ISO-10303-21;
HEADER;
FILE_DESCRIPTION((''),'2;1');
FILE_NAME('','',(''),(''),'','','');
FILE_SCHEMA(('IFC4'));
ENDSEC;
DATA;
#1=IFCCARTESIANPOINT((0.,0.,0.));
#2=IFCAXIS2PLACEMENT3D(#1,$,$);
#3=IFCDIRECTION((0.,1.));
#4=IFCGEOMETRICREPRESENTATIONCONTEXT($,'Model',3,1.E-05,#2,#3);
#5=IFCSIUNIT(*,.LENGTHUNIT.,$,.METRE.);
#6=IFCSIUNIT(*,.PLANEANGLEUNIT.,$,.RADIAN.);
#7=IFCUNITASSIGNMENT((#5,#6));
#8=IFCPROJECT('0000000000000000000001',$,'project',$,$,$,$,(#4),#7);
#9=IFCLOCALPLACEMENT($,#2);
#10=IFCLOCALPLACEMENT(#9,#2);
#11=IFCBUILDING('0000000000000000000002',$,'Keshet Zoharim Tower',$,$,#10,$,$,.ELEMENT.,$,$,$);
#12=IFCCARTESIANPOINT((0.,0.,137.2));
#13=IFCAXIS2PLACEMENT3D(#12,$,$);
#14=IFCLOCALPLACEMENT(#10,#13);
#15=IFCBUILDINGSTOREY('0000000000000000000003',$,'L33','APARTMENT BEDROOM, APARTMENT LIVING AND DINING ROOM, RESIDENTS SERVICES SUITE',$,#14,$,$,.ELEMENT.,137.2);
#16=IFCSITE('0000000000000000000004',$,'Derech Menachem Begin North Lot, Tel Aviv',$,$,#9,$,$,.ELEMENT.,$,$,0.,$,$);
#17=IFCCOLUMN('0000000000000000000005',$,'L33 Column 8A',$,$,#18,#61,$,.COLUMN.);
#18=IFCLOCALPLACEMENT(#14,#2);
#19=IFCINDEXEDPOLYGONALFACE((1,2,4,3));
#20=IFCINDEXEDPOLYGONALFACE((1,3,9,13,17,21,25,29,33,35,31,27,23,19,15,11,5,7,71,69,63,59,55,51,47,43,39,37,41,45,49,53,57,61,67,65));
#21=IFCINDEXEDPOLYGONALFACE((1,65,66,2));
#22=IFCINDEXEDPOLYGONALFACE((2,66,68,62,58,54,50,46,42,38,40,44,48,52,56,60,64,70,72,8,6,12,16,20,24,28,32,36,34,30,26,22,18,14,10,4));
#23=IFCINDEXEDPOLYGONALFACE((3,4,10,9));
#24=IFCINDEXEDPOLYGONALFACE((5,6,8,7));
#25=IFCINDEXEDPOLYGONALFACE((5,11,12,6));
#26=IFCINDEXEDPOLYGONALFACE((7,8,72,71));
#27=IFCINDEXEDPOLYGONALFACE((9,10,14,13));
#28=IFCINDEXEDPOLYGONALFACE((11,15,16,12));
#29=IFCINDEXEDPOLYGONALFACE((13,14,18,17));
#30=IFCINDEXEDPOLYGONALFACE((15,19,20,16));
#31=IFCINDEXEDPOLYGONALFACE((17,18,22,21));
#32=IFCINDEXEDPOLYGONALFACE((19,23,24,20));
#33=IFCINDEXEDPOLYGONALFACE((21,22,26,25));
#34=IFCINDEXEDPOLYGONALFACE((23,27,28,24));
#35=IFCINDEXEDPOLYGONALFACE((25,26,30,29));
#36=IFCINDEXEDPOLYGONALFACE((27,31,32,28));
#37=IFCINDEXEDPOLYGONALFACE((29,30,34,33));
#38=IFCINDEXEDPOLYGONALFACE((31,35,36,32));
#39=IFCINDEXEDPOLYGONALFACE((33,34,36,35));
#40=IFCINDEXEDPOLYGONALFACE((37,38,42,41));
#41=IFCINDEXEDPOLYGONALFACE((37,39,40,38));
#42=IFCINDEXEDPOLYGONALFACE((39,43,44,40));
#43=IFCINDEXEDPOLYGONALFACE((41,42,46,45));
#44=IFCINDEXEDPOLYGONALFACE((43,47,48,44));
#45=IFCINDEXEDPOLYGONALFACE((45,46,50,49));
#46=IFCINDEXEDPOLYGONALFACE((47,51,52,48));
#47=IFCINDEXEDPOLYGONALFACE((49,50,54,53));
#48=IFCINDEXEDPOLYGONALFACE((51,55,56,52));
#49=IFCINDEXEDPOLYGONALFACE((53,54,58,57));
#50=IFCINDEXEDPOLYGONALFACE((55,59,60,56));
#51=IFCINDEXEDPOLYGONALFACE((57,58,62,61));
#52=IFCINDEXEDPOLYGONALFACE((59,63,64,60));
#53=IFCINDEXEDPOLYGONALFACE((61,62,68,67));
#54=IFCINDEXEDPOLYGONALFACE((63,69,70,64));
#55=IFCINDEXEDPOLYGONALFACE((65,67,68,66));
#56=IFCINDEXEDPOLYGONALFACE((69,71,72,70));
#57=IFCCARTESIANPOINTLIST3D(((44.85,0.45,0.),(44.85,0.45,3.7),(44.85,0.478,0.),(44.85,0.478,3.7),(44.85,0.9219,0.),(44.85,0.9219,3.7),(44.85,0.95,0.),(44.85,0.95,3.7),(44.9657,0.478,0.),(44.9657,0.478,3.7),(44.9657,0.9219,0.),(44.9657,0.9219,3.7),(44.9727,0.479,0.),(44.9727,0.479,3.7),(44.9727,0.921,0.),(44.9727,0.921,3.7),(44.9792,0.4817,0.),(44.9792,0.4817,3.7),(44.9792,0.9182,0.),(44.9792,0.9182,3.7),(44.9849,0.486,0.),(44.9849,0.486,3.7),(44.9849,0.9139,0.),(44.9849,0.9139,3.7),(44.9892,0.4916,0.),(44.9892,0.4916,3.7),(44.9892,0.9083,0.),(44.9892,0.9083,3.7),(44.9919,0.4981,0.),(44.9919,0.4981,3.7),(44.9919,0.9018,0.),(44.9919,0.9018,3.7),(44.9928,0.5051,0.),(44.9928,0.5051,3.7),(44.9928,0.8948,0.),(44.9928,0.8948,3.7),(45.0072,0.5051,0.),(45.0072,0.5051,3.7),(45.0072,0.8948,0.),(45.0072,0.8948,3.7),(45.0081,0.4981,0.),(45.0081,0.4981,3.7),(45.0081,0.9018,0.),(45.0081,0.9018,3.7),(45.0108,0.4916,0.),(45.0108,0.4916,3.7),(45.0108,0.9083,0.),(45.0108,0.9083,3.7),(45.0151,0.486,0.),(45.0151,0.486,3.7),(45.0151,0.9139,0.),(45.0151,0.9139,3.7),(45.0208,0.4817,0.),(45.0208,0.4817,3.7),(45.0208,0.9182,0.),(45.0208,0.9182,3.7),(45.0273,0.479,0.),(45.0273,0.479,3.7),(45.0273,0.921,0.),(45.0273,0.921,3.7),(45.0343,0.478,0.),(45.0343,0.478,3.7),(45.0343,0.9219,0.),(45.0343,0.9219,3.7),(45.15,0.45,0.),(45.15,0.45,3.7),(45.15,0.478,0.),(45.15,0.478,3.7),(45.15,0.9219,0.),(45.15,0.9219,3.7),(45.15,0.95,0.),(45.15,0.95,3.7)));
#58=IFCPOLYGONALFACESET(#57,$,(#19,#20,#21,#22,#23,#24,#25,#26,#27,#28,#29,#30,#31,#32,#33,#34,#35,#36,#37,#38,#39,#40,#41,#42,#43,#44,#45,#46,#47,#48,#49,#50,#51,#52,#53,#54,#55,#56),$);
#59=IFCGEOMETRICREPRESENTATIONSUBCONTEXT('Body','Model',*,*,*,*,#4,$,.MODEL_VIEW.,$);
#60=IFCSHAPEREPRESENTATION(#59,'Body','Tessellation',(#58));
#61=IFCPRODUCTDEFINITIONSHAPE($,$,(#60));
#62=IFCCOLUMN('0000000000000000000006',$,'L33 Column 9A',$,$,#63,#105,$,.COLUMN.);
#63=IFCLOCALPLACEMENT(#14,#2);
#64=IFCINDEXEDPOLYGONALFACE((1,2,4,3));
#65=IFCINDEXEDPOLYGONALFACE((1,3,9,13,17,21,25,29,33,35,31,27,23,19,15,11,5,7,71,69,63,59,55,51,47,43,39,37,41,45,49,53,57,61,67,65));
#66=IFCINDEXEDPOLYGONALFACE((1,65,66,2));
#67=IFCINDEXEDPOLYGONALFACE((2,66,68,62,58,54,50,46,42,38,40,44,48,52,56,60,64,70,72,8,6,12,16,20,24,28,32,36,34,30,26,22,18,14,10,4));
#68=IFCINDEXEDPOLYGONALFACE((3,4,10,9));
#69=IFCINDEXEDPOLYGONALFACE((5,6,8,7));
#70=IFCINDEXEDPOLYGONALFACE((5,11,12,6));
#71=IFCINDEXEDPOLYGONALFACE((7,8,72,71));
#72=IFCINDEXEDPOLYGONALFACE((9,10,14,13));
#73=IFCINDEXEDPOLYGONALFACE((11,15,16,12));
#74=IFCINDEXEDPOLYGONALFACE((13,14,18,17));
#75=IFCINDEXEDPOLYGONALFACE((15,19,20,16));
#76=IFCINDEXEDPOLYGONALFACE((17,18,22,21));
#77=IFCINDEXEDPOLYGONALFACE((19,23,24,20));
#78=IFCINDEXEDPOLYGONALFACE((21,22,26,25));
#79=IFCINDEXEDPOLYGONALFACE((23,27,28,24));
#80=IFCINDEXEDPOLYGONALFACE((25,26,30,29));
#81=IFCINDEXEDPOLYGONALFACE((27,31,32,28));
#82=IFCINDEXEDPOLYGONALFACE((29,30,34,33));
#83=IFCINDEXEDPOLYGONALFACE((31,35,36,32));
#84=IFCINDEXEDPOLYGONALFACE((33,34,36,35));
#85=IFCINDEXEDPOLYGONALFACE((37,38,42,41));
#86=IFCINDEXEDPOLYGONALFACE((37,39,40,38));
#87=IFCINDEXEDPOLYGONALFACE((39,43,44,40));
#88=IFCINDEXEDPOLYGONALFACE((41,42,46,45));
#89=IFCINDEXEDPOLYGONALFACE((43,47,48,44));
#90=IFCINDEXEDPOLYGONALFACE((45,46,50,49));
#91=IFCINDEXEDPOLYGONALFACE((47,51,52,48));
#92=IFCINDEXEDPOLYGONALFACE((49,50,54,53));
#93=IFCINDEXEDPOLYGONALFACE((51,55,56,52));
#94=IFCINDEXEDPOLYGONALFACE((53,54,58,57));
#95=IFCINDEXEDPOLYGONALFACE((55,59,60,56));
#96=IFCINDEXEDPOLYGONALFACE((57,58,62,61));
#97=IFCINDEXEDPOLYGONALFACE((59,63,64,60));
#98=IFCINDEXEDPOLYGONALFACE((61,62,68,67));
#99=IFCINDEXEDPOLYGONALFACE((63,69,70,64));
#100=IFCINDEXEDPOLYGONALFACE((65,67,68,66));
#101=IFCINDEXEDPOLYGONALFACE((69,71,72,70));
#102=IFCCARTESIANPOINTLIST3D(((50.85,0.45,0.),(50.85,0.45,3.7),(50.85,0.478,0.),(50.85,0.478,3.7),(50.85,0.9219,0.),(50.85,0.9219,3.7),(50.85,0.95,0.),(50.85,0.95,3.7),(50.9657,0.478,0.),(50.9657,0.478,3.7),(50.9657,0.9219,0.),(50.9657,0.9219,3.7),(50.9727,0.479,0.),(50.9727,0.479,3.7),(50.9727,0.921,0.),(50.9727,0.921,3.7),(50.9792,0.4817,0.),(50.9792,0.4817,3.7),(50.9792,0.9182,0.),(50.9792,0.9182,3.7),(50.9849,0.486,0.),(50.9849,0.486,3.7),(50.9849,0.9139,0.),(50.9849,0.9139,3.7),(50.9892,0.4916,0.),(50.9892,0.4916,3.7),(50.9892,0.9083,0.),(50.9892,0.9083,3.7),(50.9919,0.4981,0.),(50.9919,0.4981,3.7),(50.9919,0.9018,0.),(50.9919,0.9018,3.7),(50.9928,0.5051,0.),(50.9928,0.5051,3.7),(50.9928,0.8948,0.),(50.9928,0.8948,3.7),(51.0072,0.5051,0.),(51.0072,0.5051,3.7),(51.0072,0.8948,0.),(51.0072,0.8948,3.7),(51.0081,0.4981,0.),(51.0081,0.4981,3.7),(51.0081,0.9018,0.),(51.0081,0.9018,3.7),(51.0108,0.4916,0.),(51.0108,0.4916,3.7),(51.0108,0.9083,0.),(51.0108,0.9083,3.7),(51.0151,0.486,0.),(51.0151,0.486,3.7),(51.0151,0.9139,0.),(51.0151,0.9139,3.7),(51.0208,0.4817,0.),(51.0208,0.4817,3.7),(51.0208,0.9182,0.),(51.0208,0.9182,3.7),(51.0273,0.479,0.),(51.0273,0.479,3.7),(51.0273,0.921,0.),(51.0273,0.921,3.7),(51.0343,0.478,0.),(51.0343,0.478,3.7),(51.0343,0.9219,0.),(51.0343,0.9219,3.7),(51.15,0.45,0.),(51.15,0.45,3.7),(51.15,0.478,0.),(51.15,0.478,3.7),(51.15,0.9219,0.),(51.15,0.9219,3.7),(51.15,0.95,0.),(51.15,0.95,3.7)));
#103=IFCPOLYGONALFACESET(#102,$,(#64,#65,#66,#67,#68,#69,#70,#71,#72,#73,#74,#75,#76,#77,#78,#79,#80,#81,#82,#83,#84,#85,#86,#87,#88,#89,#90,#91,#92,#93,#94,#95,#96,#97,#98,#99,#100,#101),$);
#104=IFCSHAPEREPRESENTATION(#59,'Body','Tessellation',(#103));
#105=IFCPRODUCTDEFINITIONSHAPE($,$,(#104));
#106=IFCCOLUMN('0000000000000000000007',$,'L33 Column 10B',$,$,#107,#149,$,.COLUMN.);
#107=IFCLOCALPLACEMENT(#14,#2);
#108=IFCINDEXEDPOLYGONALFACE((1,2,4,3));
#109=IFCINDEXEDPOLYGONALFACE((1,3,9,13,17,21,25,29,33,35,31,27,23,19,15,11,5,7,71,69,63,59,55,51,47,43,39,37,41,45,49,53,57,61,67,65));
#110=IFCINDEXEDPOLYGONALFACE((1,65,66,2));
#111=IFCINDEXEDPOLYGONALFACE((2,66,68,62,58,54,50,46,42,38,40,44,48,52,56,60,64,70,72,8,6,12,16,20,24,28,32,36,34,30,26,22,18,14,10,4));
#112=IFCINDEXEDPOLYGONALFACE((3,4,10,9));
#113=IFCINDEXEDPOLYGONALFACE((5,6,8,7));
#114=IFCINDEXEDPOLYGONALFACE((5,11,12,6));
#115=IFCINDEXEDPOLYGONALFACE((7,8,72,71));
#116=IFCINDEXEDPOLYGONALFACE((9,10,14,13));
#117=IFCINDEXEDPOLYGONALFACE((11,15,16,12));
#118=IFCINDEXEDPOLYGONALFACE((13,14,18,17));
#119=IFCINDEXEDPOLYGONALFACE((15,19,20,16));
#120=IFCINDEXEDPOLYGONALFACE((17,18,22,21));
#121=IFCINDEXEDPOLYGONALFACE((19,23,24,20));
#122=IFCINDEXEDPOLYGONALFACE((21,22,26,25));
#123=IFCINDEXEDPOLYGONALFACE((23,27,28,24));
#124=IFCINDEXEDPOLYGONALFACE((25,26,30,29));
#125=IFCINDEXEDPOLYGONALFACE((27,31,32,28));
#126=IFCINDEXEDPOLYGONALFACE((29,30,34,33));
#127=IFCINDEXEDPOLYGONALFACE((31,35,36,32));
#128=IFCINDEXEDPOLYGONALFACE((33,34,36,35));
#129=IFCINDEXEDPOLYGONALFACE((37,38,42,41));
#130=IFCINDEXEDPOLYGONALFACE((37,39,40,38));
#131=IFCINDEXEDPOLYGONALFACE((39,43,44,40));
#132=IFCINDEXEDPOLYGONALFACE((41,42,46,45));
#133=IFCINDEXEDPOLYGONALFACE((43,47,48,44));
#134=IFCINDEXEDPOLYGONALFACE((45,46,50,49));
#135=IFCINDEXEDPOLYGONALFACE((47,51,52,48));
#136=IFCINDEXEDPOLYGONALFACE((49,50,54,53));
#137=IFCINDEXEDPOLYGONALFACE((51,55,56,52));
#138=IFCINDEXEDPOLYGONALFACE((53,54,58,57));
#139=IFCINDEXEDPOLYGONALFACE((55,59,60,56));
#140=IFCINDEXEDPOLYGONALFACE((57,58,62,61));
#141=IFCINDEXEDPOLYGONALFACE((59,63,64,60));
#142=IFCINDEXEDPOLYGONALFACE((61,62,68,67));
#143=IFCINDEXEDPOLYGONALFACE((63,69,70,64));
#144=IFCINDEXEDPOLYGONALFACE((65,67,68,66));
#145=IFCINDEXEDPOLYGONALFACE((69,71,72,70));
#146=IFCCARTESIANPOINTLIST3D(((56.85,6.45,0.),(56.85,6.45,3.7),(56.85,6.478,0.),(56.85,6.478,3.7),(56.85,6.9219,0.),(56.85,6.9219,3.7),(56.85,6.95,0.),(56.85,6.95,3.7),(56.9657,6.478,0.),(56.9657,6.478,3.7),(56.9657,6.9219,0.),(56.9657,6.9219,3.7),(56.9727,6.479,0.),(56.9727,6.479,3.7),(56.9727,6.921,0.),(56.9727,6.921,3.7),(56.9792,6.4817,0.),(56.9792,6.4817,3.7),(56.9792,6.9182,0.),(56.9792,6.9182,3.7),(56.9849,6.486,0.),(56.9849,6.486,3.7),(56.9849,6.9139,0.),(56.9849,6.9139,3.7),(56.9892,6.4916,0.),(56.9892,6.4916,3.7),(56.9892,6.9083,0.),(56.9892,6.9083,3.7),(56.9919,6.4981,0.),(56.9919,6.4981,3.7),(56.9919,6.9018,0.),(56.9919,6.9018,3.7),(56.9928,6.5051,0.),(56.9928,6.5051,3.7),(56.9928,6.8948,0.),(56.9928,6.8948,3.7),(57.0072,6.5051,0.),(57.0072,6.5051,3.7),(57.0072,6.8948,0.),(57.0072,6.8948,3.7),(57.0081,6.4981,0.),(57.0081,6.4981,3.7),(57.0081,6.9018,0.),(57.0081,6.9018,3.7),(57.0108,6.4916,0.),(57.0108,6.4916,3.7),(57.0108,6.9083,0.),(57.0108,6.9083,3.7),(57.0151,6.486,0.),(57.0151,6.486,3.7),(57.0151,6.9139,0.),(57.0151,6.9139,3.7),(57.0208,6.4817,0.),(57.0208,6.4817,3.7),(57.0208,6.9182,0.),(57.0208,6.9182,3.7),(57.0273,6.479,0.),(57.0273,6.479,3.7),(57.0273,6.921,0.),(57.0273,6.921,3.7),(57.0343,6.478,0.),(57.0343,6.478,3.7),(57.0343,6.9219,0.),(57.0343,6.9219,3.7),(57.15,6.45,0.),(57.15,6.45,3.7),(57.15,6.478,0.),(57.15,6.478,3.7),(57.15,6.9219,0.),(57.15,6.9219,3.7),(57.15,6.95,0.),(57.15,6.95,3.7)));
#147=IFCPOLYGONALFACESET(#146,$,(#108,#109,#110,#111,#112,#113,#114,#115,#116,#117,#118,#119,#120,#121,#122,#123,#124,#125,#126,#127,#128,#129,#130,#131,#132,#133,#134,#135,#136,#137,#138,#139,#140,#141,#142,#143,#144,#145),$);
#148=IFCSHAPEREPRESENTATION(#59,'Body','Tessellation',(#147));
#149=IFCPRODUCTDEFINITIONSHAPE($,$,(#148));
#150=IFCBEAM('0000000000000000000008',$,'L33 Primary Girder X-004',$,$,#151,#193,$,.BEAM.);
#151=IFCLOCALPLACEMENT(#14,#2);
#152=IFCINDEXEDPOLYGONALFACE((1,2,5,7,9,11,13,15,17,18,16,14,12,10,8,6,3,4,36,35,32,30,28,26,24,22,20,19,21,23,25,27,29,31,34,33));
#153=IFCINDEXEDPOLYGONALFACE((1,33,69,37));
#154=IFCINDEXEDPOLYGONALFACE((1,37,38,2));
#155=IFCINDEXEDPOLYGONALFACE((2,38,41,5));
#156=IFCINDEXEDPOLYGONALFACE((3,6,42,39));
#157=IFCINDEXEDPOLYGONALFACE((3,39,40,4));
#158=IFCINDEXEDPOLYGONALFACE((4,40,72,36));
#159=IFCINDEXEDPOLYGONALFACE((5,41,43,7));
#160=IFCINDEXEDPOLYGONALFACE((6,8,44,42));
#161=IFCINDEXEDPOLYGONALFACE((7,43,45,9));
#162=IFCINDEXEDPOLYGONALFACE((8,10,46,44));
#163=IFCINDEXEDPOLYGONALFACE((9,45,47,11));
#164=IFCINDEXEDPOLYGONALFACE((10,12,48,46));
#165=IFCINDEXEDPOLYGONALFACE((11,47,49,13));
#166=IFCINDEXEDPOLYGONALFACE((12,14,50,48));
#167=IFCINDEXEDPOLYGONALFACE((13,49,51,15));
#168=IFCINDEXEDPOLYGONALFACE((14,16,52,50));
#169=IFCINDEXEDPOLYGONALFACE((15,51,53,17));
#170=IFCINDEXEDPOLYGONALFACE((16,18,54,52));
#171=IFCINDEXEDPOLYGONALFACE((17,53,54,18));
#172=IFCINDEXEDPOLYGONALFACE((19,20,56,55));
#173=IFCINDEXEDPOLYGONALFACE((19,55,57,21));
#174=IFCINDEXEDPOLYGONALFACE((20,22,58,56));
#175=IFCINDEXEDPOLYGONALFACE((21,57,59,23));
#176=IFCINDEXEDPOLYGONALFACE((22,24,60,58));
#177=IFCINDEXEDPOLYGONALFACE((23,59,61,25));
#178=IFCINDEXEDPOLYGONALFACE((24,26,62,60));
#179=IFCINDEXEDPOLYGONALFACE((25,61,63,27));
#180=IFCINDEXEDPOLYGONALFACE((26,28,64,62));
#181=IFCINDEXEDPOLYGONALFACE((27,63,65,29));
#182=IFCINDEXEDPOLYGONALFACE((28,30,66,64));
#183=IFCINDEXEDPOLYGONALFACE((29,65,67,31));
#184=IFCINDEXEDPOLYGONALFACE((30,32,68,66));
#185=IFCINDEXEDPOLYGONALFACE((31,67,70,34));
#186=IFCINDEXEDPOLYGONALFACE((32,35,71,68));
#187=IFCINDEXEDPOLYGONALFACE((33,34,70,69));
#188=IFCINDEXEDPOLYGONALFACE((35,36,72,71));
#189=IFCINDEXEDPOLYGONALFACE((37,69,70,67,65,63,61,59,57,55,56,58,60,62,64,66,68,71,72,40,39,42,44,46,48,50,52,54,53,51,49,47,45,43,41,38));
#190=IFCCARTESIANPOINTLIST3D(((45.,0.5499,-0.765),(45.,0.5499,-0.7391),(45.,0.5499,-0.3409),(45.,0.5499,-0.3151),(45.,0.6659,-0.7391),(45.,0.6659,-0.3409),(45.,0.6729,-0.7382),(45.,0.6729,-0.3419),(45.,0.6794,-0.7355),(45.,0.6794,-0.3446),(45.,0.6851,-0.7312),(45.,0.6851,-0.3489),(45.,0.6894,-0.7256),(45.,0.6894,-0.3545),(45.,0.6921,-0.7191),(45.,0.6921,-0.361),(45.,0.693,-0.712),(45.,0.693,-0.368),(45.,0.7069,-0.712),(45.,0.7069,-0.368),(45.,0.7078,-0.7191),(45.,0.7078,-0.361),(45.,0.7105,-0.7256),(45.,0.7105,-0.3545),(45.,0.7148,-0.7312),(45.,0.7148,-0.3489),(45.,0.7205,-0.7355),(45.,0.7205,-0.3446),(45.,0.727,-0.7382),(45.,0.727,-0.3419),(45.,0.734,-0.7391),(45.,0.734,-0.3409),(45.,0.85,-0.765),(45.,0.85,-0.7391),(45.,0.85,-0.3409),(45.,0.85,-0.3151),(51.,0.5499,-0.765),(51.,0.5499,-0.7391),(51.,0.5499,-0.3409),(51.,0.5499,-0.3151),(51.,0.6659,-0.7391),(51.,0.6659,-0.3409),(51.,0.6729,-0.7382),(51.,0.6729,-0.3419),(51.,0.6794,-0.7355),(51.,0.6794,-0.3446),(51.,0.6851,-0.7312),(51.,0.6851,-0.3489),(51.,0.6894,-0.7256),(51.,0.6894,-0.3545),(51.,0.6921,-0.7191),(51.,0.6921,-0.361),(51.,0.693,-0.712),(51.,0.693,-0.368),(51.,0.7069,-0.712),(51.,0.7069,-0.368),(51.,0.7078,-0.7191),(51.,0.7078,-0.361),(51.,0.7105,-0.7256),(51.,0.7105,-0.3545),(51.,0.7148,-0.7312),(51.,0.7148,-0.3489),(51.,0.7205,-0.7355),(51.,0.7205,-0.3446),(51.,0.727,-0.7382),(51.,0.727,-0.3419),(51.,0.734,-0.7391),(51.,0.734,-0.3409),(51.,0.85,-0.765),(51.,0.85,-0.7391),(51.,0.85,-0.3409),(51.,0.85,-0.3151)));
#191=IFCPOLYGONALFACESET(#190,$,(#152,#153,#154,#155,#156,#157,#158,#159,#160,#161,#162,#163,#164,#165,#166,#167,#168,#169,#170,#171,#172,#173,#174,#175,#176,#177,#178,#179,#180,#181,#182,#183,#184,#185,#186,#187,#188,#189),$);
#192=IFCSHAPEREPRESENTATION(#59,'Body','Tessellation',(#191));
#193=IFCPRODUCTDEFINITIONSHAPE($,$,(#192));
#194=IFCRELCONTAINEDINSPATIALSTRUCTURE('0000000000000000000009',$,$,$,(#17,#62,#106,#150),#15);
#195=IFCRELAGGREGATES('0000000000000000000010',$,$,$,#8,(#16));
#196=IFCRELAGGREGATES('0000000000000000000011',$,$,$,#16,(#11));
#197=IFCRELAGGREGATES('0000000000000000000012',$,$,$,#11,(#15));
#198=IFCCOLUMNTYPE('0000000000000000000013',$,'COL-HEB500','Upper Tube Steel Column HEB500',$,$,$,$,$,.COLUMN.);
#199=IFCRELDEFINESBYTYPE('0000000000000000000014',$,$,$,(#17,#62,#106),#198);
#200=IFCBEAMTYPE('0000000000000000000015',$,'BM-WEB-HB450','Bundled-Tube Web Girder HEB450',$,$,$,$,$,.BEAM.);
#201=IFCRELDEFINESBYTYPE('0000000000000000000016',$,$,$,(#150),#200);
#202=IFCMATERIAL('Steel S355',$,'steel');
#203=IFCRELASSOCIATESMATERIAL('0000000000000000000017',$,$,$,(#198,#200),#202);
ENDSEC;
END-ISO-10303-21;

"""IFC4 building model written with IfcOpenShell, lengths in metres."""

from ifc_helpers import new_model, si_unit, direction, frame, origin, origin_2d, place, context, subcontext, project, spatial, i_section, extrude, material, material_profile, profile_set, type_object, element, save


model = new_model("IFC4")

# Units and contexts
model_context = context("Model", 3, precision=1e-05, world=origin(), true_north=direction((0.0, 1.0)))
body_context = subcontext(model_context, "Body", "Model", "MODEL_VIEW")
ifc_project = project(units=[si_unit("LENGTHUNIT", "METRE"), si_unit("PLANEANGLEUNIT", "RADIAN")], contexts=[model_context])

# Site, building, storey
site_placement = place(None, origin())
site = spatial("IfcSite", under=ifc_project, at=site_placement, Name="Derech Menachem Begin North Lot, Tel Aviv", CompositionType="ELEMENT", RefElevation=0.0)
building_placement = place(site_placement, origin())
building = spatial("IfcBuilding", under=site, at=building_placement, Name="Keshet Zoharim Tower", CompositionType="ELEMENT")
storey_placement = place(building_placement, frame((0.0, 0.0, 137.2)))
storey = spatial("IfcBuildingStorey", under=building, at=storey_placement, Name="L33", Description="APARTMENT BEDROOM, APARTMENT LIVING AND DINING ROOM, RESIDENTS SERVICES SUITE", CompositionType="ELEMENT", Elevation=137.2)

# Columns
ifc_material_1 = material(Name="Steel S355", Category="steel")
ifc_material_profile_1 = material_profile(ifc_material_1, i_section(OverallWidth=0.3, OverallDepth=0.5, WebThickness=0.0144, FlangeThickness=0.0281, FilletRadius=0.0271, at=origin_2d()), Name="HEB500")
ifc_profile_set_1 = profile_set([ifc_material_profile_1], Name="Steel S355")
column_type = type_object("IfcColumnType", Name="COL-HEB500", Description="Upper Tube Steel Column HEB500", PredefinedType="COLUMN", material=ifc_profile_set_1)
for number, where, z_axis, x_axis, name in (
    (1, (45.0, 0.7, 0.0), (0.0, 0.0, 1.0), (1.0, 0.0, 0.0), "L33 Column 8A"),
    (2, (51.0, 0.7, 0.0), (0.0, 0.0, 1.0), (1.0, 0.0, 0.0), "L33 Column 9A"),
    (3, (57.0, 6.7, 0.0), (0.0, 0.0, 1.0), (1.0, 0.0, 0.0), "L33 Column 10B"),
):
    element("IfcColumn", number, at=place(storey_placement, frame(where, z_axis=z_axis, x_axis=x_axis)), inside=storey, type_object=column_type, Name=name, PredefinedType="COLUMN", context=body_context, shape_type="SweptSolid", body=[
        extrude(i_section(OverallWidth=0.3, OverallDepth=0.5, WebThickness=0.0144, FlangeThickness=0.0281, FilletRadius=0.0271, at=origin_2d()), origin(), (0.0, 0.0, 1.0), 3.7),
    ])

# Beam
ifc_material_profile_2 = material_profile(ifc_material_1, i_section(OverallWidth=0.3, OverallDepth=0.45, WebThickness=0.0139, FlangeThickness=0.0259, FilletRadius=0.0271, at=origin_2d()), Name="HEB450")
ifc_profile_set_2 = profile_set([ifc_material_profile_2], Name="Steel S355")
beam_type = type_object("IfcBeamType", Name="BM-WEB-HB450", Description="Bundled-Tube Web Girder HEB450", PredefinedType="BEAM", material=ifc_profile_set_2)
beam_placement = place(storey_placement, frame((45.0, 0.7, -0.54), z_axis=(1.0, 0.0, 0.0), x_axis=(0.0, 1.0, 0.0)))
element("IfcBeam", 4, at=beam_placement, inside=storey, type_object=beam_type, Name="L33 Primary Girder X-004", PredefinedType="BEAM", context=body_context, shape_type="SweptSolid", body=[
    extrude(i_section(OverallWidth=0.3, OverallDepth=0.45, WebThickness=0.0139, FlangeThickness=0.0259, FilletRadius=0.0271, at=origin_2d()), origin(), (0.0, 0.0, 1.0), 6.0),
])

save(model, "model.ifc")
